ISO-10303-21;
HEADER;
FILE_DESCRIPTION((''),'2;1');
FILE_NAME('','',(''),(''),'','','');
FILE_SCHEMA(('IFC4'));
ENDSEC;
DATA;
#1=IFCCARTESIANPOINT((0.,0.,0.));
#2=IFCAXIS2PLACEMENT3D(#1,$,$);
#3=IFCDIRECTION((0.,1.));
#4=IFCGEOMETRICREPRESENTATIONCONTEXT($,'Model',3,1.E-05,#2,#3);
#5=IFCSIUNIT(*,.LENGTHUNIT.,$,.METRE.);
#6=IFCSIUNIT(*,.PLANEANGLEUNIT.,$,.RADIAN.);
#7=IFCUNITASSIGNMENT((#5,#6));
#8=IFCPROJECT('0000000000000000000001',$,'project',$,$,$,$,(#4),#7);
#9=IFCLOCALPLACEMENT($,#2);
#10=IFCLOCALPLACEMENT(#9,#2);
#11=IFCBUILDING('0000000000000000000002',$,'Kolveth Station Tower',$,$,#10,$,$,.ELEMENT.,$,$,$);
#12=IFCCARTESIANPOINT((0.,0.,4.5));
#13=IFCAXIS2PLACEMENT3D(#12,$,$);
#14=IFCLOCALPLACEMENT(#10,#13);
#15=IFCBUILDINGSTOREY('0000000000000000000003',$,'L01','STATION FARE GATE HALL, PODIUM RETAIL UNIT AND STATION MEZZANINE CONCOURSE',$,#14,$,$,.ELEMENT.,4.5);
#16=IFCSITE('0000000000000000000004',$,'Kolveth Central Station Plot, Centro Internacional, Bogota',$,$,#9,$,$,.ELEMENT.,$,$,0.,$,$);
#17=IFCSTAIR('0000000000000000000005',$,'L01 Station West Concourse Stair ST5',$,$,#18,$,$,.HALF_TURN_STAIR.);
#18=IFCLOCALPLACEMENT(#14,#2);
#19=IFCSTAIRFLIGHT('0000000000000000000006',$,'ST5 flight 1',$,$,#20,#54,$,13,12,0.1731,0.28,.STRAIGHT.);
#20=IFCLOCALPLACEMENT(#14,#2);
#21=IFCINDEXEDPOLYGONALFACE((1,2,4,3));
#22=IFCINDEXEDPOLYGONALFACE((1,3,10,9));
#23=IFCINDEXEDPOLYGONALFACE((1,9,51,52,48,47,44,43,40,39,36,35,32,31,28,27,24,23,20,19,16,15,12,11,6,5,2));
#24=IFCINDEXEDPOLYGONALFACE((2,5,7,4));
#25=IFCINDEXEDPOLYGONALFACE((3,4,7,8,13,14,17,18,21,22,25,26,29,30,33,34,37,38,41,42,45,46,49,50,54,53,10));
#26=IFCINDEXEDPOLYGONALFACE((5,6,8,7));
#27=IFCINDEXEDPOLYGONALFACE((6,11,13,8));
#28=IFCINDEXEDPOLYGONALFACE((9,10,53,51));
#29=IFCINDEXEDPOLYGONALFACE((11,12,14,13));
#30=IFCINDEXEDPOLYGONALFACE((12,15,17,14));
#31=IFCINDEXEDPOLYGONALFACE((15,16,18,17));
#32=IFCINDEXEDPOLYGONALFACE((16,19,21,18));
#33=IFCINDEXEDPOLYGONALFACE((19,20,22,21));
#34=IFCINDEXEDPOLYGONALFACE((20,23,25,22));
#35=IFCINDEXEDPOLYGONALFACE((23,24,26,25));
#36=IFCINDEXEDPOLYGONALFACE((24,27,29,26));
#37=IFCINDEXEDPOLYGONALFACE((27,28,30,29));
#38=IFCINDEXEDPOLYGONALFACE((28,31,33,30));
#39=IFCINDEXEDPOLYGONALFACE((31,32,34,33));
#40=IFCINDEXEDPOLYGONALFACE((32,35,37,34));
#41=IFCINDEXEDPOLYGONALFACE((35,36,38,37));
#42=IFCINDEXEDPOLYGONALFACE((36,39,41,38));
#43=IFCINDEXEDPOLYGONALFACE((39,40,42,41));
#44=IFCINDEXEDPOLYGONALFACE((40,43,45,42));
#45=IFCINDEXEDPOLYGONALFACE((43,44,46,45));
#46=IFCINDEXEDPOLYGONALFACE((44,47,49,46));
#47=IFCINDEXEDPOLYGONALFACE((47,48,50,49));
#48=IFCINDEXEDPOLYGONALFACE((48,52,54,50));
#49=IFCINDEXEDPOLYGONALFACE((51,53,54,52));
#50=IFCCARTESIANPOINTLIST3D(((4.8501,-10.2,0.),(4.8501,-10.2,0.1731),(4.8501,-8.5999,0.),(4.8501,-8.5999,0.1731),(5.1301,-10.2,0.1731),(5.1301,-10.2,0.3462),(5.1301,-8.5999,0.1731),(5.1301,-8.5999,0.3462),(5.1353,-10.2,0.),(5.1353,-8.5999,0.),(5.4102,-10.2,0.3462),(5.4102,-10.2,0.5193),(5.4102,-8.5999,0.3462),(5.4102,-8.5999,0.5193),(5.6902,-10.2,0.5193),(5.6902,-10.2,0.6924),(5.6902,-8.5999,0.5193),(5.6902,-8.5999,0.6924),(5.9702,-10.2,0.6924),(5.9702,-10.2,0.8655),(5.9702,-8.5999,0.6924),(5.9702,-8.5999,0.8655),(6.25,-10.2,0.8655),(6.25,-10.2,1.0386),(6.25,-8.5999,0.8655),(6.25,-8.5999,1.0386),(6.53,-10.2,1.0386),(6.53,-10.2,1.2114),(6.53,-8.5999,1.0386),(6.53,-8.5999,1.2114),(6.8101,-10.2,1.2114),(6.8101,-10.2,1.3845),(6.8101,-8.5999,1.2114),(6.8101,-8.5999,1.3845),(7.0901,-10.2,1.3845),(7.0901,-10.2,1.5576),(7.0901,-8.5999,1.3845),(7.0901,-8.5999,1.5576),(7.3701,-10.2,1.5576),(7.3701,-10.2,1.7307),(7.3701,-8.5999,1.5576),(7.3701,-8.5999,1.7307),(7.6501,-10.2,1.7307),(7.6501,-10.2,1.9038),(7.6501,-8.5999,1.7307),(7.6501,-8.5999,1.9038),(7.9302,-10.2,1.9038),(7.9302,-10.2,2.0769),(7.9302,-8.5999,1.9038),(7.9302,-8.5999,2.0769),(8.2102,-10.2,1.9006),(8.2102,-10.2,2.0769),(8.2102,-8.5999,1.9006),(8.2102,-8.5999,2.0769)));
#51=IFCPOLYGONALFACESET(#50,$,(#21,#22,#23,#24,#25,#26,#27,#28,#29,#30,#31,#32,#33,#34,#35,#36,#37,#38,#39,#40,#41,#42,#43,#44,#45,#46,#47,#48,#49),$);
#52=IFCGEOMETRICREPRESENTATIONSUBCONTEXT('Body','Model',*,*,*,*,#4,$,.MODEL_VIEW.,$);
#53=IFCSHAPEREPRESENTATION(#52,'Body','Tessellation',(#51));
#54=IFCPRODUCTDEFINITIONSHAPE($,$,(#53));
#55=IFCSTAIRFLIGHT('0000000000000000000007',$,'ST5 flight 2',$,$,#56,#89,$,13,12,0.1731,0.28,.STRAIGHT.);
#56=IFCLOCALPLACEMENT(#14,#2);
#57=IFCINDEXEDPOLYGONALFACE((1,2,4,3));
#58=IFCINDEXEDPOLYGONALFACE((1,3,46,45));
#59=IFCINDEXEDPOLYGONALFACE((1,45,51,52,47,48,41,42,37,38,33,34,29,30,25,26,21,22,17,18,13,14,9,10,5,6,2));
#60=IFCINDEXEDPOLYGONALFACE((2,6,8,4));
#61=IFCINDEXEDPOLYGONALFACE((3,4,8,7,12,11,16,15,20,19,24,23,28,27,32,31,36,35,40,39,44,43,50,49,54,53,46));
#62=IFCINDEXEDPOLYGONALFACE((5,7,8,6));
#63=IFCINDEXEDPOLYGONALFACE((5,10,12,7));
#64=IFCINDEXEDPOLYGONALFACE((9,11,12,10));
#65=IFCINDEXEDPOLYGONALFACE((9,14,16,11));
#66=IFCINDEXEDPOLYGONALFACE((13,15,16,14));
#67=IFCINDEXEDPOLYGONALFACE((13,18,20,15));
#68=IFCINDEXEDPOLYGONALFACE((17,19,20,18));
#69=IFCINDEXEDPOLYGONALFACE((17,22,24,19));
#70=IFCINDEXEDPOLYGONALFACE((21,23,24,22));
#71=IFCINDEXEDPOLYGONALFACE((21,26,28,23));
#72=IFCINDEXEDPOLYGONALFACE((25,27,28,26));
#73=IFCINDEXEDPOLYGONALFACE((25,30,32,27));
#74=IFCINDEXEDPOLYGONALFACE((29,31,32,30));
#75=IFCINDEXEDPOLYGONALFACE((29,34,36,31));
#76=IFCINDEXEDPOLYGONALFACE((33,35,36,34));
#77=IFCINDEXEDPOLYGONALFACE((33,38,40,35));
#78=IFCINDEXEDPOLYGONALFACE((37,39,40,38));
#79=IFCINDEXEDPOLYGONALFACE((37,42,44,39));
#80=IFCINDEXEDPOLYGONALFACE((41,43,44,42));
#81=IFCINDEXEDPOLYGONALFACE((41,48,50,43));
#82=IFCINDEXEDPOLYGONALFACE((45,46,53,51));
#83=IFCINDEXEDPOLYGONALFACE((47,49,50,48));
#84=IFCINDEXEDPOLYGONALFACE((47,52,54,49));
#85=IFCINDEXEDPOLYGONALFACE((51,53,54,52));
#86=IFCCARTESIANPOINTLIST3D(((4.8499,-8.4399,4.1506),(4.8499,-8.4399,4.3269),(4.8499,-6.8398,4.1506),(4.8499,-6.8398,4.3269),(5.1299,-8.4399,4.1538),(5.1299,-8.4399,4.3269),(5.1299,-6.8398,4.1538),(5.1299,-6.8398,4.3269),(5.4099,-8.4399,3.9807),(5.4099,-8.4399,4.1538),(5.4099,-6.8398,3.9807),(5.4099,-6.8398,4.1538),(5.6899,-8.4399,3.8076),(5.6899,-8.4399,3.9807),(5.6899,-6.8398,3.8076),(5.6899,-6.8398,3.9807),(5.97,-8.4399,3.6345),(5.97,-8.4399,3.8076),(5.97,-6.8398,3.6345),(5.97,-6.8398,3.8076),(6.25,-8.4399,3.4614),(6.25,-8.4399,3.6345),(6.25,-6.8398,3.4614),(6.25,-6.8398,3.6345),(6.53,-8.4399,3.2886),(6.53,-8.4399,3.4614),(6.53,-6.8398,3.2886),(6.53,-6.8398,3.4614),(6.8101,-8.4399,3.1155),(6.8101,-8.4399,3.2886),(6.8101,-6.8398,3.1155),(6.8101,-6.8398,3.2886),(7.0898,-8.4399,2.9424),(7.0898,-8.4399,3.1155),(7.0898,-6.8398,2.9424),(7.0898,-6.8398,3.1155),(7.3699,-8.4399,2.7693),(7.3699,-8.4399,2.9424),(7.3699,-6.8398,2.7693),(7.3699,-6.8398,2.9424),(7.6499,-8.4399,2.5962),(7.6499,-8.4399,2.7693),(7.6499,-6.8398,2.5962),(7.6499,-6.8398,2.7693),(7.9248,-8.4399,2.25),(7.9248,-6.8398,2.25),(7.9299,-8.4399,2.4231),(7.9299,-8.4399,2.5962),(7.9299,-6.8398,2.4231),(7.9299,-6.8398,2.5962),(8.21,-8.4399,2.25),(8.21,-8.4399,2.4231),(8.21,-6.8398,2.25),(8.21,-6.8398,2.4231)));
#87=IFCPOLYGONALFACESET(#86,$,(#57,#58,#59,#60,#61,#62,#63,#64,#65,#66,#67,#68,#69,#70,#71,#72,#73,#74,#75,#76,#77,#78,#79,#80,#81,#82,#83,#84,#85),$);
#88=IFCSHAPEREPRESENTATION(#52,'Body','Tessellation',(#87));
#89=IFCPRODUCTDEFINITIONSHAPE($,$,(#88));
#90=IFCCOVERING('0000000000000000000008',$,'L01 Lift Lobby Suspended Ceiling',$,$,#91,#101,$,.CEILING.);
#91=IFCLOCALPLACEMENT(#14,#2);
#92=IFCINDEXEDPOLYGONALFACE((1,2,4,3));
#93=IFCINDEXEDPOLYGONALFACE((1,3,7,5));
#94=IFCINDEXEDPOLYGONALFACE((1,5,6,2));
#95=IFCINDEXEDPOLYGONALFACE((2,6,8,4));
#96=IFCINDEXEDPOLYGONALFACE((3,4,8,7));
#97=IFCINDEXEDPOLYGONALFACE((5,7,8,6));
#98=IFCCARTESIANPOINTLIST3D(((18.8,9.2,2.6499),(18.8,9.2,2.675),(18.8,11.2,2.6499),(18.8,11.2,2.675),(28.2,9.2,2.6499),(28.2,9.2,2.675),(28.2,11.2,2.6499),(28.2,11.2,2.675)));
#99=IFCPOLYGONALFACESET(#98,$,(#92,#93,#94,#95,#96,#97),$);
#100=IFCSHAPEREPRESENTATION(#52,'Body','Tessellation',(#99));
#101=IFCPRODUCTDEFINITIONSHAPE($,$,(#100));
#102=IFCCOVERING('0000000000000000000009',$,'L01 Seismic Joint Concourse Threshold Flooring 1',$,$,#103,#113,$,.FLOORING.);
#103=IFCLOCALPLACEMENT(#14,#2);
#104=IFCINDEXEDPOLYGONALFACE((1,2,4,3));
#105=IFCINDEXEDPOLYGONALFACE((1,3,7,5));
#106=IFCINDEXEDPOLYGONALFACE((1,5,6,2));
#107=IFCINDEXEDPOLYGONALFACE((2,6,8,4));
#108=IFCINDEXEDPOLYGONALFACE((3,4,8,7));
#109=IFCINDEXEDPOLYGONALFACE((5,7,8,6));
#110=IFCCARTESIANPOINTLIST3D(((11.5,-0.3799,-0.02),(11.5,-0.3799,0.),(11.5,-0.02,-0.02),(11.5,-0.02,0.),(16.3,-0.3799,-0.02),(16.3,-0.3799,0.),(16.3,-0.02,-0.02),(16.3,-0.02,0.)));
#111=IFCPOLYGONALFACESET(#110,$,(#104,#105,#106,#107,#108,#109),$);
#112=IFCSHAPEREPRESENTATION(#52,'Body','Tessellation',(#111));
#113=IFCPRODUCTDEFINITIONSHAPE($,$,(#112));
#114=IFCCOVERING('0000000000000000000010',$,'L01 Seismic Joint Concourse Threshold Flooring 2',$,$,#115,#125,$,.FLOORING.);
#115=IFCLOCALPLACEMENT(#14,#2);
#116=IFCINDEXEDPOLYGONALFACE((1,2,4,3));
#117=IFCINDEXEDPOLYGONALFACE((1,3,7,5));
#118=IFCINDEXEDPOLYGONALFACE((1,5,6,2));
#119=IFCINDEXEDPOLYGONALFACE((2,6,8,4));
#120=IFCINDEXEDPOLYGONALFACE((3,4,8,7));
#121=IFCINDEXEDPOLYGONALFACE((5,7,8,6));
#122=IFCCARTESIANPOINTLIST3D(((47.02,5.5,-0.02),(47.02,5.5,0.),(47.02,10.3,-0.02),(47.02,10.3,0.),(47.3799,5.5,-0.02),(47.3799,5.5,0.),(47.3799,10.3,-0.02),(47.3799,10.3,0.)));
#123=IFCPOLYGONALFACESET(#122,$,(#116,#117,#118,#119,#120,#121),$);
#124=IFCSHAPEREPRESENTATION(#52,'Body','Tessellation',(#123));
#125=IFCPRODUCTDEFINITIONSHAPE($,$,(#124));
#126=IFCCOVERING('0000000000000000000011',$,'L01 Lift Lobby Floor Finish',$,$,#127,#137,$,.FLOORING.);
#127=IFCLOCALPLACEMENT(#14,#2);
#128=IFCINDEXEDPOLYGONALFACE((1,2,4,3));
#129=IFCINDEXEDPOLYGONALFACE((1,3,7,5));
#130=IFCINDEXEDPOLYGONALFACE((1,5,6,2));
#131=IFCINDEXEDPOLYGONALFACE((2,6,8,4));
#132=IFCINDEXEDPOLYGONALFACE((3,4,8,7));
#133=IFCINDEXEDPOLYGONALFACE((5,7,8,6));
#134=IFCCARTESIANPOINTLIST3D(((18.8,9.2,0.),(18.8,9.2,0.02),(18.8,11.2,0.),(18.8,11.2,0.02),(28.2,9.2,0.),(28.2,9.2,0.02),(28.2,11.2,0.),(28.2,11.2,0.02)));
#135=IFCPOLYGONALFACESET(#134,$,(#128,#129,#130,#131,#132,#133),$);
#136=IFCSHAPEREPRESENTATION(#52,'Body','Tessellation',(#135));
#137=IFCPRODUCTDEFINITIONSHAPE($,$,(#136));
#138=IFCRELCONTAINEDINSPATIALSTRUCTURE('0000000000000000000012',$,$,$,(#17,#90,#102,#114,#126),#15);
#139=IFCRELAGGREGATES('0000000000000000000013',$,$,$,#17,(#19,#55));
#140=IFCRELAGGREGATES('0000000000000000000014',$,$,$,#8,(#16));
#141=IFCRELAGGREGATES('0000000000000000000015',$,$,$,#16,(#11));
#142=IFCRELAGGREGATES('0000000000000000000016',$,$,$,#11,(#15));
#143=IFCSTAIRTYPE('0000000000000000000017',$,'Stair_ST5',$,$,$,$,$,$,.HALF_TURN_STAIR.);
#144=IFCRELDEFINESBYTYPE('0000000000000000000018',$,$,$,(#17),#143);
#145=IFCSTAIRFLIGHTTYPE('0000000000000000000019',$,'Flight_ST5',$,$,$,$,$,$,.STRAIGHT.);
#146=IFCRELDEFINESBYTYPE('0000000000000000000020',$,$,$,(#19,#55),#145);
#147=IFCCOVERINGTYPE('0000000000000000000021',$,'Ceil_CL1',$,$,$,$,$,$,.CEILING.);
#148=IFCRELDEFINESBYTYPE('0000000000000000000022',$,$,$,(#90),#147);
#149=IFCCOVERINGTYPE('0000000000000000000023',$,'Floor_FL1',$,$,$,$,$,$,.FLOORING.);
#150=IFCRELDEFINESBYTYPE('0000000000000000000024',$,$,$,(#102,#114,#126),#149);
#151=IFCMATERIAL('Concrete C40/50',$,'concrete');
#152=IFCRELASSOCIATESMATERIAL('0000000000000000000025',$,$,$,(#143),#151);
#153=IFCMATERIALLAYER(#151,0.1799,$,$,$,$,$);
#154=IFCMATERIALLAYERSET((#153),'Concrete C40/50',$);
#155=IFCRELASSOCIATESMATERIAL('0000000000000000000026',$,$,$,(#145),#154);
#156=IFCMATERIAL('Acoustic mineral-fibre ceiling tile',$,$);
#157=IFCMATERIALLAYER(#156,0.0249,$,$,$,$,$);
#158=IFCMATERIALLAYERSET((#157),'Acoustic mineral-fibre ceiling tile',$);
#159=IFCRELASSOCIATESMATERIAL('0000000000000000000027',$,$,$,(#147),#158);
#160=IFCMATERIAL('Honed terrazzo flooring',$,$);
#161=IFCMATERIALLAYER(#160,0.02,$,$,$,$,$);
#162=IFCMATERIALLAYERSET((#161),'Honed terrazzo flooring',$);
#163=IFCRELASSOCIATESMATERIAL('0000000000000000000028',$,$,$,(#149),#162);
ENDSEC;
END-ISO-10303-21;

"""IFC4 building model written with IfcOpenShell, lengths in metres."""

from ifc_helpers import new_model, si_unit, direction, frame, origin, place, context, subcontext, project, spatial, polyline, outline, extrude, material, layer, layer_set, type_object, element, aggregate, save


model = new_model("IFC4")

# Units and contexts
model_context = context("Model", 3, precision=1e-05, world=origin(), true_north=direction((0.0, 1.0)))
body_context = subcontext(model_context, "Body", "Model", "MODEL_VIEW")
ifc_project = project(units=[si_unit("LENGTHUNIT", "METRE"), si_unit("PLANEANGLEUNIT", "RADIAN")], contexts=[model_context])

# Site, building, storey
site_placement = place(None, origin())
site = spatial("IfcSite", under=ifc_project, at=site_placement, Name="Kolveth Central Station Plot, Centro Internacional, Bogota", CompositionType="ELEMENT", RefElevation=0.0)
building_placement = place(site_placement, origin())
building = spatial("IfcBuilding", under=site, at=building_placement, Name="Kolveth Station Tower", CompositionType="ELEMENT")
storey_placement = place(building_placement, frame((0.0, 0.0, 4.5)))
storey = spatial("IfcBuildingStorey", under=building, at=storey_placement, Name="L01", Description="STATION FARE GATE HALL, PODIUM RETAIL UNIT AND STATION MEZZANINE CONCOURSE", CompositionType="ELEMENT", Elevation=4.5)

# Stair
ifc_material_1 = material(Name="Concrete C40/50", Category="concrete")
stair_type_1 = type_object("IfcStairType", Name="Stair_ST5", PredefinedType="HALF_TURN_STAIR", material=ifc_material_1)
stair_1_placement = place(storey_placement, origin())
stair_1 = element("IfcStair", 1, at=stair_1_placement, inside=storey, type_object=stair_type_1, Name="L01 Station West Concourse Stair ST5", PredefinedType="HALF_TURN_STAIR")

# Stair flights
ifc_layer_1 = layer(ifc_material_1, 0.1799)
ifc_layer_set_1 = layer_set([ifc_layer_1], Name="Concrete C40/50")
stair_flight_type = type_object("IfcStairFlightType", Name="Flight_ST5", PredefinedType="STRAIGHT", material=ifc_layer_set_1)
stair_flight_1_placement = place(storey_placement, frame((4.8501, -9.3999, 0.0), z_axis=(0.0, 0.0, 1.0), x_axis=(1.0, 0.0, 0.0)))
stair_flight_1 = element("IfcStairFlight", 2, at=stair_flight_1_placement, type_object=stair_flight_type, Name="ST5 flight 1", NumberOfRisers=13, NumberOfTreads=12, PredefinedType="STRAIGHT", RiserHeight=0.1731, TreadLength=0.28, context=body_context, shape_type="SweptSolid", body=[
    extrude(outline(polyline([(0.0, 0.0), (0.0, 0.1731), (0.28, 0.1731), (0.28, 0.3462), (0.5601, 0.3462), (0.5601, 0.5193), (0.8401, 0.5193), (0.8401, 0.6924), (1.1201, 0.6924), (1.1201, 0.8655), (1.3999, 0.8655), (1.3999, 1.0386), (1.6799, 1.0386), (1.6799, 1.2114), (1.96, 1.2114), (1.96, 1.3845), (2.24, 1.3845), (2.24, 1.5576), (2.52, 1.5576), (2.52, 1.7307), (2.8, 1.7307), (2.8, 1.9038), (3.0801, 1.9038), (3.0801, 2.0769), (3.3601, 2.0769), (3.3601, 2.25), (3.3601, 1.9006), (0.2852, 0.0), (0.0, 0.0)])), frame((0.0, 0.8, 0.0), z_axis=(0.0, -1.0, 0.0), x_axis=(1.0, 0.0, 0.0)), (0.0, 0.0, 1.0), 1.6001),
])
stair_flight_2_placement = place(storey_placement, frame((8.21, -7.6399, 2.25), z_axis=(0.0, 0.0, 1.0), x_axis=(-1.0, 0.0, 0.0)))
stair_flight_2 = element("IfcStairFlight", 3, at=stair_flight_2_placement, type_object=stair_flight_type, Name="ST5 flight 2", NumberOfRisers=13, NumberOfTreads=12, PredefinedType="STRAIGHT", RiserHeight=0.1731, TreadLength=0.28, context=body_context, shape_type="SweptSolid", body=[
    extrude(outline(polyline([(0.0, 0.0), (0.0, 0.1731), (0.28, 0.1731), (0.28, 0.3462), (0.5601, 0.3462), (0.5601, 0.5193), (0.8401, 0.5193), (0.8401, 0.6924), (1.1201, 0.6924), (1.1201, 0.8655), (1.3999, 0.8655), (1.3999, 1.0386), (1.6799, 1.0386), (1.6799, 1.2114), (1.96, 1.2114), (1.96, 1.3845), (2.24, 1.3845), (2.24, 1.5576), (2.52, 1.5576), (2.52, 1.7307), (2.8, 1.7307), (2.8, 1.9038), (3.0801, 1.9038), (3.0801, 2.0769), (3.3601, 2.0769), (3.3601, 2.25), (3.3601, 1.9006), (0.2852, 0.0), (0.0, 0.0)])), frame((0.0, 0.8, 0.0), z_axis=(0.0, -1.0, 0.0), x_axis=(1.0, 0.0, 0.0)), (0.0, 0.0, 1.0), 1.6001),
])
aggregate(stair_1, [stair_flight_1, stair_flight_2])

# Coverings
ifc_material_2 = material(Name="Acoustic mineral-fibre ceiling tile")
ifc_layer_2 = layer(ifc_material_2, 0.0249)
ifc_layer_set_2 = layer_set([ifc_layer_2], Name="Acoustic mineral-fibre ceiling tile")
covering_type_1 = type_object("IfcCoveringType", Name="Ceil_CL1", PredefinedType="CEILING", material=ifc_layer_set_2)
covering_1_placement = place(storey_placement, frame((0.0, 0.0, 2.6499)))
element("IfcCovering", 4, at=covering_1_placement, inside=storey, type_object=covering_type_1, Name="L01 Lift Lobby Suspended Ceiling", PredefinedType="CEILING", context=body_context, shape_type="SweptSolid", body=[
    extrude(outline(polyline([(18.8, 9.2), (28.2, 9.2), (28.2, 11.2), (18.8, 11.2), (18.8, 9.2)])), origin(), (0.0, 0.0, 1.0), 0.0251),
])
ifc_material_3 = material(Name="Honed terrazzo flooring")
ifc_layer_3 = layer(ifc_material_3, 0.02)
ifc_layer_set_3 = layer_set([ifc_layer_3], Name="Honed terrazzo flooring")
covering_type_2 = type_object("IfcCoveringType", Name="Floor_FL1", PredefinedType="FLOORING", material=ifc_layer_set_3)
covering_2_placement = place(storey_placement, frame((0.0, 0.0, -0.02)))
element("IfcCovering", 5, at=covering_2_placement, inside=storey, type_object=covering_type_2, Name="L01 Seismic Joint Concourse Threshold Flooring 1", PredefinedType="FLOORING", context=body_context, shape_type="SweptSolid", body=[
    extrude(outline(polyline([(11.5, -0.3799), (16.3, -0.3799), (16.3, -0.02), (11.5, -0.02), (11.5, -0.3799)])), origin(), (0.0, 0.0, 1.0), 0.02),
])
covering_3_placement = place(storey_placement, frame((0.0, 0.0, -0.02)))
element("IfcCovering", 6, at=covering_3_placement, inside=storey, type_object=covering_type_2, Name="L01 Seismic Joint Concourse Threshold Flooring 2", PredefinedType="FLOORING", context=body_context, shape_type="SweptSolid", body=[
    extrude(outline(polyline([(47.02, 5.5), (47.3799, 5.5), (47.3799, 10.3), (47.02, 10.3), (47.02, 5.5)])), origin(), (0.0, 0.0, 1.0), 0.02),
])
covering_4_placement = place(storey_placement, origin())
element("IfcCovering", 7, at=covering_4_placement, inside=storey, type_object=covering_type_2, Name="L01 Lift Lobby Floor Finish", PredefinedType="FLOORING", context=body_context, shape_type="SweptSolid", body=[
    extrude(outline(polyline([(18.8, 9.2), (28.2, 9.2), (28.2, 11.2), (18.8, 11.2), (18.8, 9.2)])), origin(), (0.0, 0.0, 1.0), 0.02),
])

save(model, "model.ifc")
